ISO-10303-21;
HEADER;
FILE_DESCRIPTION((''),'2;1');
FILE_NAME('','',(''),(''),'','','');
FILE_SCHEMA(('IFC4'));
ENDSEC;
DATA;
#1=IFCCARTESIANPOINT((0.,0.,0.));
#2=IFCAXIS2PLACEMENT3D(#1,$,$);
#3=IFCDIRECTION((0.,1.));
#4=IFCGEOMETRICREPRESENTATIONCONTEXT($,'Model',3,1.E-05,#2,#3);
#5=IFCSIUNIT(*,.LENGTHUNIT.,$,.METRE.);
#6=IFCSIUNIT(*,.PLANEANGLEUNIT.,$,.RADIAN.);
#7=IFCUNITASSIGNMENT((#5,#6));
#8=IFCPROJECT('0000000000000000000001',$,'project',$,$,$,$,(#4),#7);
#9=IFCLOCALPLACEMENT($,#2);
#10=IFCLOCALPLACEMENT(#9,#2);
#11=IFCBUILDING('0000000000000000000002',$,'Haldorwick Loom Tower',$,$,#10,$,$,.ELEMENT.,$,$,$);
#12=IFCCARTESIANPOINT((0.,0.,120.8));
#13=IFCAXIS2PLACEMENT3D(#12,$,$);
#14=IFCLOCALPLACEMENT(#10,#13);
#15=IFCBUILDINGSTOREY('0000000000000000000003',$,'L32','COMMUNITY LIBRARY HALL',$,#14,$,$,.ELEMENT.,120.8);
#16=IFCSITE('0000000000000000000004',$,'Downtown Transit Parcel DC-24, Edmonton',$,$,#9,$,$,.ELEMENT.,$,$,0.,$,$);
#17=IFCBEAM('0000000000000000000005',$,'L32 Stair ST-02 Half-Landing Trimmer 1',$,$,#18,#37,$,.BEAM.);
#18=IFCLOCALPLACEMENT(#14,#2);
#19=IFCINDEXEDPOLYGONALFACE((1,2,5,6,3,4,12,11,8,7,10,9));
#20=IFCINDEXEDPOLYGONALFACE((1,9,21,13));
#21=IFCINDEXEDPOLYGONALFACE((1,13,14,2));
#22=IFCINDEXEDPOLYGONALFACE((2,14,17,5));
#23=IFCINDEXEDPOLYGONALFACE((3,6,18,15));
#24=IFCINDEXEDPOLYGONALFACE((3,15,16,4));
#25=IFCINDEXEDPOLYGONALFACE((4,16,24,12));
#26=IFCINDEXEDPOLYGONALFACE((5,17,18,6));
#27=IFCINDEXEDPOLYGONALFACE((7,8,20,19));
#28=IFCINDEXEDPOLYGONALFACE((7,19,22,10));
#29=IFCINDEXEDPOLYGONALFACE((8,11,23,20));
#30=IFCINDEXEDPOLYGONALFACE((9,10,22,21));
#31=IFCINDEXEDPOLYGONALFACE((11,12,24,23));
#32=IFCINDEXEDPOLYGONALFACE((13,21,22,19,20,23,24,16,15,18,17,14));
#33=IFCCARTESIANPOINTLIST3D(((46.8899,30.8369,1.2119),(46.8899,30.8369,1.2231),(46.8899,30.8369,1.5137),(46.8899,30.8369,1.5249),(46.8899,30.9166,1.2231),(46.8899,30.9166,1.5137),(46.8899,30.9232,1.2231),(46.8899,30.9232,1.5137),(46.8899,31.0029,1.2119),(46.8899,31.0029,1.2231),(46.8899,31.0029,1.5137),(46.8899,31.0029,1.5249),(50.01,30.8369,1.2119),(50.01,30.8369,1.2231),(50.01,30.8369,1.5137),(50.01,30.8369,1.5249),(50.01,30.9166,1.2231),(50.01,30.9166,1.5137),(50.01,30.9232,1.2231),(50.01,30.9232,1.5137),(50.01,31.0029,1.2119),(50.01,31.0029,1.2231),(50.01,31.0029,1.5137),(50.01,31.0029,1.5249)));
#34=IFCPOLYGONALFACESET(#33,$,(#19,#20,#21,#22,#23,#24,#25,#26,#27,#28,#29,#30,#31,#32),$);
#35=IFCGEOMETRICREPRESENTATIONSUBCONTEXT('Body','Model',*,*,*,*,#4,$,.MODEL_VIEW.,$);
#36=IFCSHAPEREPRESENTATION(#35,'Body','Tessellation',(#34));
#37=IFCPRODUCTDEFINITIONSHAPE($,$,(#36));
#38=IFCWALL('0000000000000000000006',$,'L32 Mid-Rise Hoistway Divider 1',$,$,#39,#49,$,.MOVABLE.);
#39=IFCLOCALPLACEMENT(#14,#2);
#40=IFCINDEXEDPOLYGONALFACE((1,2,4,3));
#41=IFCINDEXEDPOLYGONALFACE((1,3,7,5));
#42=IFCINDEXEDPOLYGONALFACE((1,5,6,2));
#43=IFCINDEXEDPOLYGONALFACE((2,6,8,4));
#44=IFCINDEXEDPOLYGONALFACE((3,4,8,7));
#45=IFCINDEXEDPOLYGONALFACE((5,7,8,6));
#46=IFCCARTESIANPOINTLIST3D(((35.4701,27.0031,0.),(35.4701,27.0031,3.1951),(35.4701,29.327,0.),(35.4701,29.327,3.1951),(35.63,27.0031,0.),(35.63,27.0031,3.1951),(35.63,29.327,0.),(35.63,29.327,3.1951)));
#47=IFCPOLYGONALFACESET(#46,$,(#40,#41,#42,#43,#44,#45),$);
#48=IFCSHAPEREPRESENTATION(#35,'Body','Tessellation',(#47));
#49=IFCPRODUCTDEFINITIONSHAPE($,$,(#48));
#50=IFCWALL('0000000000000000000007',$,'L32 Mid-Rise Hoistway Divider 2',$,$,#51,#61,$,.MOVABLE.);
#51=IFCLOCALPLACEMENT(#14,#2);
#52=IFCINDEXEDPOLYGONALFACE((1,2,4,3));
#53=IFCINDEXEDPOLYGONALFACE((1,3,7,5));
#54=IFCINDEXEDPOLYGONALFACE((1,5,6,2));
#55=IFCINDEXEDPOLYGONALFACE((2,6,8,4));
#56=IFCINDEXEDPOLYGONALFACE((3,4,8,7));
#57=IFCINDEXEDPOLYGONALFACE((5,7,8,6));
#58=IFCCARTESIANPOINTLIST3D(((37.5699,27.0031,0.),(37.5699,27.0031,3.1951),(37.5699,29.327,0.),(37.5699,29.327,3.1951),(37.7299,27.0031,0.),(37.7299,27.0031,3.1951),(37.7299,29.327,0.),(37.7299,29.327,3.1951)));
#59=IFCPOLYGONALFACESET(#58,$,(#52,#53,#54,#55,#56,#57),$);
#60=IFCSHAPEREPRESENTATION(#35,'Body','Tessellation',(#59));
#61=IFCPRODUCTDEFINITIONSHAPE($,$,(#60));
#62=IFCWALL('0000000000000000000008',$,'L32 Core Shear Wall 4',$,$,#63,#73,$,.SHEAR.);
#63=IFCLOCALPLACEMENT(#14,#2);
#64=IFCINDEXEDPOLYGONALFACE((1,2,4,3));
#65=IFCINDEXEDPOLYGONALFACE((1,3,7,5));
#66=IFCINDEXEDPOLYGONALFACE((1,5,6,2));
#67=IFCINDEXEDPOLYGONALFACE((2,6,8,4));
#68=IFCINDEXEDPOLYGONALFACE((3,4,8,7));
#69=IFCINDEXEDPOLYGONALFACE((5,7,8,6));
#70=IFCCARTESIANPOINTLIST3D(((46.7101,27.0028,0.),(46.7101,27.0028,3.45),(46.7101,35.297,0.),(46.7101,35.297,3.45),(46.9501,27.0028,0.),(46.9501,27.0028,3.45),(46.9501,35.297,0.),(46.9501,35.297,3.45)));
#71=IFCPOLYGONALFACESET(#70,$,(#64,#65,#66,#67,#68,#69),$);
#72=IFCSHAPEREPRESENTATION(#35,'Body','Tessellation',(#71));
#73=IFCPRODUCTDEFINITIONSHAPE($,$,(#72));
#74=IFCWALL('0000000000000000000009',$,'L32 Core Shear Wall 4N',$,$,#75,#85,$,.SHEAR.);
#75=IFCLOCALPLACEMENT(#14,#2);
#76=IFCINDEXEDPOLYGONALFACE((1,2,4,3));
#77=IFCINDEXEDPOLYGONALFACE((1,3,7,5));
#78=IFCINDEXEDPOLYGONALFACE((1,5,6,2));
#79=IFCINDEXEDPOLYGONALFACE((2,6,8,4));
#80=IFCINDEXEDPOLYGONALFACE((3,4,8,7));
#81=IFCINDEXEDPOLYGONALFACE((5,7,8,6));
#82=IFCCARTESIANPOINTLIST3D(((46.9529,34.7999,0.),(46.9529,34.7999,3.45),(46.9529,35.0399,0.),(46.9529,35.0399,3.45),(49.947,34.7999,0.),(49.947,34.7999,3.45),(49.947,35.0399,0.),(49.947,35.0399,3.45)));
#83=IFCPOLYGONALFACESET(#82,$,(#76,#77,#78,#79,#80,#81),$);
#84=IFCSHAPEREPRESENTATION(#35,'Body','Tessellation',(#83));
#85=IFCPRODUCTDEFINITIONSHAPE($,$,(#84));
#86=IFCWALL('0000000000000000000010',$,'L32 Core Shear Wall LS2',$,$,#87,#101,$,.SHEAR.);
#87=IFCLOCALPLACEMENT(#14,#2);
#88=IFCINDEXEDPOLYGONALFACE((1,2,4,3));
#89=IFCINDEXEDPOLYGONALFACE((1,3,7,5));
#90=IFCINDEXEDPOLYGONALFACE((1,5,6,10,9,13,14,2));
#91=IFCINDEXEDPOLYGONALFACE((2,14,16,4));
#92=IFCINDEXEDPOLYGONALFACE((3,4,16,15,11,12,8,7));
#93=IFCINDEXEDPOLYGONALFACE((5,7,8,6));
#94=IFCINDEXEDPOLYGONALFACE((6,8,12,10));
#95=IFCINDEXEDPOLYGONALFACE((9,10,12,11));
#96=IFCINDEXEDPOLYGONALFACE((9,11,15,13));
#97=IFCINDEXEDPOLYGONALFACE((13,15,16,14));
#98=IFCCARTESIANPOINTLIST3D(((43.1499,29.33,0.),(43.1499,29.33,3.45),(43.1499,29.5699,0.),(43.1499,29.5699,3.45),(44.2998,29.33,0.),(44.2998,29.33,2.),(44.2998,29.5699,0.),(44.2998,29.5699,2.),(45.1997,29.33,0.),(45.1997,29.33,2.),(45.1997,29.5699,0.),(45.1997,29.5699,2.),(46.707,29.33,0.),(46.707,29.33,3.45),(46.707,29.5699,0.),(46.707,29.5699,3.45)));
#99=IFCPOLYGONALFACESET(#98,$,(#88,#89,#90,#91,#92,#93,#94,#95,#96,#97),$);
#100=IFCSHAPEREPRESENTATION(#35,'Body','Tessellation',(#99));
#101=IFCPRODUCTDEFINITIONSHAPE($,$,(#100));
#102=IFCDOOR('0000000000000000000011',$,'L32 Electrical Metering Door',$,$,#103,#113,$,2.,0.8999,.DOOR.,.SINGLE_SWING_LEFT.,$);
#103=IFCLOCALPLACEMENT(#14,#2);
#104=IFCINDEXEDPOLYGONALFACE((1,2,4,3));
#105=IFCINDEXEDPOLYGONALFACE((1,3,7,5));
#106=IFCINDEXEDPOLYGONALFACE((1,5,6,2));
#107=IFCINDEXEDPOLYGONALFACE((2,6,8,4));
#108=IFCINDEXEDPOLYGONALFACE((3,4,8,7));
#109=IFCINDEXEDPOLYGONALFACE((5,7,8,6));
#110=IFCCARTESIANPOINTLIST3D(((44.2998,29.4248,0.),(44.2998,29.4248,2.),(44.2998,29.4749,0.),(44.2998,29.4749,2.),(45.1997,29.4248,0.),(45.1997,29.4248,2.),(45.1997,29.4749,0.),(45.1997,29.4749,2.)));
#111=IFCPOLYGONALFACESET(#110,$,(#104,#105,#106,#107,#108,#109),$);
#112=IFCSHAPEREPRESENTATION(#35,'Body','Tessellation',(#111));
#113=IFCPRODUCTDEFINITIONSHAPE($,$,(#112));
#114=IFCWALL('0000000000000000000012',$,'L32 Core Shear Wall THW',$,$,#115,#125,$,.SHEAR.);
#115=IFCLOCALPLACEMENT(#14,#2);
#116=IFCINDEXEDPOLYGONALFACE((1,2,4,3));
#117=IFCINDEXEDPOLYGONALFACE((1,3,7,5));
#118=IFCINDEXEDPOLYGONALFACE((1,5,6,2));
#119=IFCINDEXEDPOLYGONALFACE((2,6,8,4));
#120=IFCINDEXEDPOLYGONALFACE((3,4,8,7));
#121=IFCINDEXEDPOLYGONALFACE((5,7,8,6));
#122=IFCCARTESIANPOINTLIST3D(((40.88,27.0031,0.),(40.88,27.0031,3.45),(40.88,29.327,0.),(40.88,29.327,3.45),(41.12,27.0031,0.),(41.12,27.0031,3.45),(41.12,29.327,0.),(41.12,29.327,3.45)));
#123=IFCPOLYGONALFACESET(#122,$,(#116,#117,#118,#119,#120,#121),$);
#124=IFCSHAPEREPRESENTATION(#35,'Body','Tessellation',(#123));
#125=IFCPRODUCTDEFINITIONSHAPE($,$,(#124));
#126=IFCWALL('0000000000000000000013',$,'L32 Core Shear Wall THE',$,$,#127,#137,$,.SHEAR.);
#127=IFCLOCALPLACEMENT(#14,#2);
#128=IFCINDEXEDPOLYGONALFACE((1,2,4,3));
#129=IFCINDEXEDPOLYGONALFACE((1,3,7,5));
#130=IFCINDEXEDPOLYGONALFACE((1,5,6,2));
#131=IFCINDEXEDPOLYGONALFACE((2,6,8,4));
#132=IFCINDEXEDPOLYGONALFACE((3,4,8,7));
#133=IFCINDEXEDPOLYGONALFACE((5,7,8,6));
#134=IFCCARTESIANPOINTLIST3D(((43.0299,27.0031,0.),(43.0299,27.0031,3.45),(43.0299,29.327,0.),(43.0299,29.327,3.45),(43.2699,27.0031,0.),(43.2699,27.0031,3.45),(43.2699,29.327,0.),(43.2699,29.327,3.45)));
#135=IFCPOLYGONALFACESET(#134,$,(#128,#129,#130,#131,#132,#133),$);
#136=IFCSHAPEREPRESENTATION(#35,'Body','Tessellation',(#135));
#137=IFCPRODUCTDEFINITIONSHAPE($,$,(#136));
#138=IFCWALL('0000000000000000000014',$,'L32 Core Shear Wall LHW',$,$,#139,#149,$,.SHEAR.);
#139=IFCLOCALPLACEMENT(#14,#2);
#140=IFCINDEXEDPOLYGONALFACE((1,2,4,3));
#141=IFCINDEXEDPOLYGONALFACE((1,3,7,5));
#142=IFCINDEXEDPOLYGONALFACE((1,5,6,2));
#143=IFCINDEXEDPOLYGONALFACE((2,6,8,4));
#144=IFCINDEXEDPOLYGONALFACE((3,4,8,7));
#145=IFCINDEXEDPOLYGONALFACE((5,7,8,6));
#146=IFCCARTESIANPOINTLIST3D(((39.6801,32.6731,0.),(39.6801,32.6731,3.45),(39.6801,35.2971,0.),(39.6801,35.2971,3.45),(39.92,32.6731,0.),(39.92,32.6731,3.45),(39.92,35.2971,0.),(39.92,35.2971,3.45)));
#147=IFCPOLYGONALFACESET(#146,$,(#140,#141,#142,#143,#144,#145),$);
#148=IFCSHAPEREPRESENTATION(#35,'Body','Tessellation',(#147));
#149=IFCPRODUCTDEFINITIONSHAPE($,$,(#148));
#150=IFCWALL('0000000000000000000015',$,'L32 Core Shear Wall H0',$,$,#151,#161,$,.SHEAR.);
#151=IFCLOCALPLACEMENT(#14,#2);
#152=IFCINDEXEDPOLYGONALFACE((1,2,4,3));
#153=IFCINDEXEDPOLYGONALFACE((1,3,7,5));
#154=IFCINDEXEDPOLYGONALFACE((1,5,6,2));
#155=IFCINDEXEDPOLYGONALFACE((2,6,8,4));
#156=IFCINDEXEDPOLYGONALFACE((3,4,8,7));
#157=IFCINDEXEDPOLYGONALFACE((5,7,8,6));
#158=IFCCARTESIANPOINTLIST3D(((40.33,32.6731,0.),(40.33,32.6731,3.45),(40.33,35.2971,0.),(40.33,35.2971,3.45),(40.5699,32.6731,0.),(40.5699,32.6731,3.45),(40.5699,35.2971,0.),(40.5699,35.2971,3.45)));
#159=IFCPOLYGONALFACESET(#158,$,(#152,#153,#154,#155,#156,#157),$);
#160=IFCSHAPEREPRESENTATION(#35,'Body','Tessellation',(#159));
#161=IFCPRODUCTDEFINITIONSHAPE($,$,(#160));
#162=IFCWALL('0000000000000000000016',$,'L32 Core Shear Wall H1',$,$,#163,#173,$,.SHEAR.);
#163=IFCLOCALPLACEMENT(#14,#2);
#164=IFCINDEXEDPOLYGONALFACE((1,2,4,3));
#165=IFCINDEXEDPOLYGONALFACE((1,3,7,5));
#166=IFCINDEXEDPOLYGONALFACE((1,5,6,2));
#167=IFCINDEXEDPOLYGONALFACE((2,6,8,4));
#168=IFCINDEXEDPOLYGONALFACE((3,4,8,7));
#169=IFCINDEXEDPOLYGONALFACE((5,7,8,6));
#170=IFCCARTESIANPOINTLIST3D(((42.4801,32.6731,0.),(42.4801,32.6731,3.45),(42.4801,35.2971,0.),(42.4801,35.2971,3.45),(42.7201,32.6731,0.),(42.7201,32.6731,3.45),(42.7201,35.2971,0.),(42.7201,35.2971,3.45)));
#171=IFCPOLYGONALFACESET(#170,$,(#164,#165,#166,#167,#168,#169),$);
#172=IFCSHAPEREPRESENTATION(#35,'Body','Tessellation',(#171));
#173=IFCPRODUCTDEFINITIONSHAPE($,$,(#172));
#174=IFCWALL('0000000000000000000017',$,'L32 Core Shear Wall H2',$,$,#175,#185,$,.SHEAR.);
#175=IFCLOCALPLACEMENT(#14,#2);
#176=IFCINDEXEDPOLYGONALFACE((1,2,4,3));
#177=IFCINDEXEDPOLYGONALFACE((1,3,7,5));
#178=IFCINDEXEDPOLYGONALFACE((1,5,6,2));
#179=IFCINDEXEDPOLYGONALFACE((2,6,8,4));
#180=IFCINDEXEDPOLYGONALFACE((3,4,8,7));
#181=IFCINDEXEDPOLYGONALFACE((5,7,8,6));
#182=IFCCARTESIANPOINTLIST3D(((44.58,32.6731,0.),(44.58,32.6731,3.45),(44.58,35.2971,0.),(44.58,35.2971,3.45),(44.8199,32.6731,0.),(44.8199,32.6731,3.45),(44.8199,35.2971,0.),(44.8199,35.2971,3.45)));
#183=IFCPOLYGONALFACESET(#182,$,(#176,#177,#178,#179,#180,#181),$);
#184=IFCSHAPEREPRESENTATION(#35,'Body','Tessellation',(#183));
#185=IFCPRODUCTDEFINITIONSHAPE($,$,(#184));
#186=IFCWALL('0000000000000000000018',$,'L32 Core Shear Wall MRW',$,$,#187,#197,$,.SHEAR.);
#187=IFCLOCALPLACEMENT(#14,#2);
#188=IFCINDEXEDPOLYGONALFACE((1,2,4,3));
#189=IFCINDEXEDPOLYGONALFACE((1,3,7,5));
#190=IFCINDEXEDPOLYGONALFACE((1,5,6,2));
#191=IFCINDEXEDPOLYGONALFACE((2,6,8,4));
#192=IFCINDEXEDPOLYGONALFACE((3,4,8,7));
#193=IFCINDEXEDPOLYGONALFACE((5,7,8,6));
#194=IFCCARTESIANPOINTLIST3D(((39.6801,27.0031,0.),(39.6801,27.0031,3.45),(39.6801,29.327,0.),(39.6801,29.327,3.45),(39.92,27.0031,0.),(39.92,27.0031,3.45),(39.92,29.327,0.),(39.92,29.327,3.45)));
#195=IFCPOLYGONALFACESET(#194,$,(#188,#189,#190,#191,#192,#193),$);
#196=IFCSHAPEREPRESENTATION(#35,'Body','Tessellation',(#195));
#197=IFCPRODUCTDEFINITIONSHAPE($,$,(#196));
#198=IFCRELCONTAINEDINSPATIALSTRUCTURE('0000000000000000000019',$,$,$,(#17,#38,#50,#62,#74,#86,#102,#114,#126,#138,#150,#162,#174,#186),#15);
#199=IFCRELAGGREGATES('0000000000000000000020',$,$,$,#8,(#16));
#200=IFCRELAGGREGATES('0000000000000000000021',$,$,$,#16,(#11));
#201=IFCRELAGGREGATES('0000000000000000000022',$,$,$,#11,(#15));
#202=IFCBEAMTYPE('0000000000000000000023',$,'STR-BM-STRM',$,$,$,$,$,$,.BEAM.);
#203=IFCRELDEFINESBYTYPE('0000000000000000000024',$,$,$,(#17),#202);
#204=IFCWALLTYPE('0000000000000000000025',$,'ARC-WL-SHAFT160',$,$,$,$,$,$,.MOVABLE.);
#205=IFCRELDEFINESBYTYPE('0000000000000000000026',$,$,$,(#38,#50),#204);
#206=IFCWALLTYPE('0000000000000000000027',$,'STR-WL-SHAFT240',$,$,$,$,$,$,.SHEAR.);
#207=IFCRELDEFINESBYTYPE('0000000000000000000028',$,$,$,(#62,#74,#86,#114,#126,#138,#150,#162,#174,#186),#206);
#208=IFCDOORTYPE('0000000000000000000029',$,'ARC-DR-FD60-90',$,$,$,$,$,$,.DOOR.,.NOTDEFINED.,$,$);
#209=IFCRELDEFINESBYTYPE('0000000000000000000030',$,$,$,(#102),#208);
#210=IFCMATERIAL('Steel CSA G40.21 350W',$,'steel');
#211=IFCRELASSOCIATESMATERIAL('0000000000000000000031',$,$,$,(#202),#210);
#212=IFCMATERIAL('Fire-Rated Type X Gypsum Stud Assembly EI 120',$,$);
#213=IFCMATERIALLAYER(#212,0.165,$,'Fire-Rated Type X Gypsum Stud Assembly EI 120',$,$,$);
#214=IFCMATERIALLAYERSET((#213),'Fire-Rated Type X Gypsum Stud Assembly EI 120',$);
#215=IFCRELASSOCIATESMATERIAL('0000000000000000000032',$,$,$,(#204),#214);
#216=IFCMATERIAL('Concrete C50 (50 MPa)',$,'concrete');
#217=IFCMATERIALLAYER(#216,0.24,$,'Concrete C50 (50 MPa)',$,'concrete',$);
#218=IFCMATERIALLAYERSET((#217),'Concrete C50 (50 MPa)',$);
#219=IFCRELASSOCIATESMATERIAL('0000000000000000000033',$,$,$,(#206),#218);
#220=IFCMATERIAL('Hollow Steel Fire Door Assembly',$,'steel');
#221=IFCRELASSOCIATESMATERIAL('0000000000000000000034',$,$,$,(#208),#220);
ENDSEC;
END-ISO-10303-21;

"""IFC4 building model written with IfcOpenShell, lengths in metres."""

from ifc_helpers import new_model, si_unit, direction, frame, frame_2d, origin, origin_2d, place, context, subcontext, project, spatial, rectangle, i_section, extrude, material, layer, layer_set, material_profile, profile_set, type_object, element, fill, save


model = new_model("IFC4")

# Units and contexts
model_context = context("Model", 3, precision=1e-05, world=origin(), true_north=direction((0.0, 1.0)))
body_context = subcontext(model_context, "Body", "Model", "MODEL_VIEW")
ifc_project = project(units=[si_unit("LENGTHUNIT", "METRE"), si_unit("PLANEANGLEUNIT", "RADIAN")], contexts=[model_context])

# Site, building, storey
site_placement = place(None, origin())
site = spatial("IfcSite", under=ifc_project, at=site_placement, Name="Downtown Transit Parcel DC-24, Edmonton", CompositionType="ELEMENT", RefElevation=0.0)
building_placement = place(site_placement, origin())
building = spatial("IfcBuilding", under=site, at=building_placement, Name="Haldorwick Loom Tower", CompositionType="ELEMENT")
storey_placement = place(building_placement, frame((0.0, 0.0, 120.8)))
storey = spatial("IfcBuildingStorey", under=building, at=storey_placement, Name="L32", Description="COMMUNITY LIBRARY HALL", CompositionType="ELEMENT", Elevation=120.8)

# Beam
ifc_material_1 = material(Name="Steel CSA G40.21 350W", Category="steel")
ifc_material_profile_1 = material_profile(ifc_material_1, i_section(OverallWidth=0.166, OverallDepth=0.313, WebThickness=0.0066, FlangeThickness=0.0112, at=origin_2d()), Name="W310X45", Category="steel")
ifc_profile_set_1 = profile_set([ifc_material_profile_1], Name="Steel CSA G40.21 350W")
beam_type_1 = type_object("IfcBeamType", Name="STR-BM-STRM", PredefinedType="BEAM", material=ifc_profile_set_1)
for number, where, z_axis, x_axis, name in (
    (1, (46.8899, 30.9199, 1.3684), (1.0, 0.0, 0.0), (0.0, 1.0, 0.0), "L32 Stair ST-02 Half-Landing Trimmer 1"),
):
    element("IfcBeam", number, at=place(storey_placement, frame(where, z_axis=z_axis, x_axis=x_axis)), inside=storey, type_object=beam_type_1, Name=name, PredefinedType="BEAM", context=body_context, shape_type="SweptSolid", body=[
        extrude(i_section(OverallWidth=0.166, OverallDepth=0.313, WebThickness=0.0066, FlangeThickness=0.0112, at=origin_2d()), origin(), (0.0, 0.0, 1.0), 3.1201),
    ])

# Walls
ifc_material_2 = material(Name="Fire-Rated Type X Gypsum Stud Assembly EI 120")
ifc_layer_1 = layer(ifc_material_2, 0.165, Name="Fire-Rated Type X Gypsum Stud Assembly EI 120")
ifc_layer_set_1 = layer_set([ifc_layer_1], Name="Fire-Rated Type X Gypsum Stud Assembly EI 120")
wall_type_1 = type_object("IfcWallType", Name="ARC-WL-SHAFT160", PredefinedType="MOVABLE", material=ifc_layer_set_1)
for number, where, z_axis, x_axis, name in (
    (2, (35.55, 27.0029, 0.0), (0.0, 0.0, 1.0), (0.0, 1.0, 0.0), "L32 Mid-Rise Hoistway Divider 1"),
    (3, (37.6499, 27.0029, 0.0), (0.0, 0.0, 1.0), (0.0, 1.0, 0.0), "L32 Mid-Rise Hoistway Divider 2"),
):
    element("IfcWall", number, at=place(storey_placement, frame(where, z_axis=z_axis, x_axis=x_axis)), inside=storey, type_object=wall_type_1, Name=name, PredefinedType="MOVABLE", context=body_context, shape_type="SweptSolid", body=[
        extrude(rectangle(XDim=2.324, YDim=0.1599, at=frame_2d((1.1621, 0.0))), origin(), (0.0, 0.0, 1.0), 3.1951),
    ])
ifc_material_3 = material(Name="Concrete C50 (50 MPa)", Category="concrete")
ifc_layer_2 = layer(ifc_material_3, 0.24, Name="Concrete C50 (50 MPa)", Category="concrete")
ifc_layer_set_2 = layer_set([ifc_layer_2], Name="Concrete C50 (50 MPa)")
wall_type_2 = type_object("IfcWallType", Name="STR-WL-SHAFT240", PredefinedType="SHEAR", material=ifc_layer_set_2)
wall_1_placement = place(storey_placement, frame((46.8301, 27.0029, 0.0), z_axis=(0.0, 0.0, 1.0), x_axis=(0.0, 1.0, 0.0)))
element("IfcWall", 4, at=wall_1_placement, inside=storey, type_object=wall_type_2, Name="L32 Core Shear Wall 4", PredefinedType="SHEAR", context=body_context, shape_type="SweptSolid", body=[
    extrude(rectangle(XDim=8.2942, YDim=0.24, at=frame_2d((4.147, 0.0))), origin(), (0.0, 0.0, 1.0), 3.45),
])
wall_2_placement = place(storey_placement, frame((46.9529, 34.9199, 0.0), z_axis=(0.0, 0.0, 1.0), x_axis=(1.0, 0.0, 0.0)))
element("IfcWall", 5, at=wall_2_placement, inside=storey, type_object=wall_type_2, Name="L32 Core Shear Wall 4N", PredefinedType="SHEAR", context=body_context, shape_type="SweptSolid", body=[
    extrude(rectangle(XDim=2.9941, YDim=0.24, at=frame_2d((1.4971, 0.0))), origin(), (0.0, 0.0, 1.0), 3.45),
])

# Wall, opening, door
wall_3_placement = place(storey_placement, frame((43.1499, 29.45, 0.0), z_axis=(0.0, 0.0, 1.0), x_axis=(1.0, 0.0, 0.0)))
wall_3 = element("IfcWall", 6, at=wall_3_placement, inside=storey, type_object=wall_type_2, Name="L32 Core Shear Wall LS2", PredefinedType="SHEAR", context=body_context, shape_type="SweptSolid", body=[
    extrude(rectangle(XDim=3.5571, YDim=0.24, at=frame_2d((1.7786, 0.0))), origin(), (0.0, 0.0, 1.0), 3.45),
])
opening_placement = place(wall_3_placement, frame((1.1499, 0.0, 0.0)))
opening = element("IfcOpeningElement", 7, at=opening_placement, cuts=wall_3, PredefinedType="OPENING", context=body_context, shape_type="SweptSolid", body=[
    extrude(rectangle(XDim=0.8999, YDim=2.0, at=frame_2d((0.45, 1.0))), frame((0.0, 0.1299, 0.0), z_axis=(0.0, -1.0, 0.0), x_axis=(1.0, 0.0, 0.0)), (0.0, 0.0, 1.0), 0.26),
])
ifc_material_4 = material(Name="Hollow Steel Fire Door Assembly", Category="steel")
door_type = type_object("IfcDoorType", Name="ARC-DR-FD60-90", OperationType="NOTDEFINED", PredefinedType="DOOR", material=ifc_material_4)
door_placement = place(opening_placement, origin())
door = element("IfcDoor", 8, at=door_placement, inside=storey, type_object=door_type, Name="L32 Electrical Metering Door", OperationType="SINGLE_SWING_LEFT", OverallHeight=2.0, OverallWidth=0.8999, PredefinedType="DOOR", context=body_context, shape_type="SweptSolid", body=[
    extrude(rectangle(XDim=0.8999, YDim=2.0, at=frame_2d((0.45, 1.0))), frame((0.0, 0.0249, 0.0), z_axis=(0.0, -1.0, 0.0), x_axis=(1.0, 0.0, 0.0)), (0.0, 0.0, 1.0), 0.05),
])
fill(opening, door)

# Walls
for number, where, z_axis, x_axis, name in (
    (9, (41.0, 27.0029, 0.0), (0.0, 0.0, 1.0), (0.0, 1.0, 0.0), "L32 Core Shear Wall THW"),
    (10, (43.1499, 27.0029, 0.0), (0.0, 0.0, 1.0), (0.0, 1.0, 0.0), "L32 Core Shear Wall THE"),
):
    element("IfcWall", number, at=place(storey_placement, frame(where, z_axis=z_axis, x_axis=x_axis)), inside=storey, type_object=wall_type_2, Name=name, PredefinedType="SHEAR", context=body_context, shape_type="SweptSolid", body=[
        extrude(rectangle(XDim=2.324, YDim=0.24, at=frame_2d((1.1621, 0.0))), origin(), (0.0, 0.0, 1.0), 3.45),
    ])
for number, where, z_axis, x_axis, name in (
    (11, (39.8, 32.6731, 0.0), (0.0, 0.0, 1.0), (0.0, 1.0, 0.0), "L32 Core Shear Wall LHW"),
    (12, (40.45, 32.6731, 0.0), (0.0, 0.0, 1.0), (0.0, 1.0, 0.0), "L32 Core Shear Wall H0"),
    (13, (42.6001, 32.6731, 0.0), (0.0, 0.0, 1.0), (0.0, 1.0, 0.0), "L32 Core Shear Wall H1"),
    (14, (44.7, 32.6731, 0.0), (0.0, 0.0, 1.0), (0.0, 1.0, 0.0), "L32 Core Shear Wall H2"),
):
    element("IfcWall", number, at=place(storey_placement, frame(where, z_axis=z_axis, x_axis=x_axis)), inside=storey, type_object=wall_type_2, Name=name, PredefinedType="SHEAR", context=body_context, shape_type="SweptSolid", body=[
        extrude(rectangle(XDim=2.624, YDim=0.24, at=frame_2d((1.312, 0.0))), origin(), (0.0, 0.0, 1.0), 3.45),
    ])
wall_4_placement = place(storey_placement, frame((39.8, 27.0029, 0.0), z_axis=(0.0, 0.0, 1.0), x_axis=(0.0, 1.0, 0.0)))
element("IfcWall", 15, at=wall_4_placement, inside=storey, type_object=wall_type_2, Name="L32 Core Shear Wall MRW", PredefinedType="SHEAR", context=body_context, shape_type="SweptSolid", body=[
    extrude(rectangle(XDim=2.324, YDim=0.24, at=frame_2d((1.1621, 0.0))), origin(), (0.0, 0.0, 1.0), 3.45),
])

save(model, "model.ifc")
